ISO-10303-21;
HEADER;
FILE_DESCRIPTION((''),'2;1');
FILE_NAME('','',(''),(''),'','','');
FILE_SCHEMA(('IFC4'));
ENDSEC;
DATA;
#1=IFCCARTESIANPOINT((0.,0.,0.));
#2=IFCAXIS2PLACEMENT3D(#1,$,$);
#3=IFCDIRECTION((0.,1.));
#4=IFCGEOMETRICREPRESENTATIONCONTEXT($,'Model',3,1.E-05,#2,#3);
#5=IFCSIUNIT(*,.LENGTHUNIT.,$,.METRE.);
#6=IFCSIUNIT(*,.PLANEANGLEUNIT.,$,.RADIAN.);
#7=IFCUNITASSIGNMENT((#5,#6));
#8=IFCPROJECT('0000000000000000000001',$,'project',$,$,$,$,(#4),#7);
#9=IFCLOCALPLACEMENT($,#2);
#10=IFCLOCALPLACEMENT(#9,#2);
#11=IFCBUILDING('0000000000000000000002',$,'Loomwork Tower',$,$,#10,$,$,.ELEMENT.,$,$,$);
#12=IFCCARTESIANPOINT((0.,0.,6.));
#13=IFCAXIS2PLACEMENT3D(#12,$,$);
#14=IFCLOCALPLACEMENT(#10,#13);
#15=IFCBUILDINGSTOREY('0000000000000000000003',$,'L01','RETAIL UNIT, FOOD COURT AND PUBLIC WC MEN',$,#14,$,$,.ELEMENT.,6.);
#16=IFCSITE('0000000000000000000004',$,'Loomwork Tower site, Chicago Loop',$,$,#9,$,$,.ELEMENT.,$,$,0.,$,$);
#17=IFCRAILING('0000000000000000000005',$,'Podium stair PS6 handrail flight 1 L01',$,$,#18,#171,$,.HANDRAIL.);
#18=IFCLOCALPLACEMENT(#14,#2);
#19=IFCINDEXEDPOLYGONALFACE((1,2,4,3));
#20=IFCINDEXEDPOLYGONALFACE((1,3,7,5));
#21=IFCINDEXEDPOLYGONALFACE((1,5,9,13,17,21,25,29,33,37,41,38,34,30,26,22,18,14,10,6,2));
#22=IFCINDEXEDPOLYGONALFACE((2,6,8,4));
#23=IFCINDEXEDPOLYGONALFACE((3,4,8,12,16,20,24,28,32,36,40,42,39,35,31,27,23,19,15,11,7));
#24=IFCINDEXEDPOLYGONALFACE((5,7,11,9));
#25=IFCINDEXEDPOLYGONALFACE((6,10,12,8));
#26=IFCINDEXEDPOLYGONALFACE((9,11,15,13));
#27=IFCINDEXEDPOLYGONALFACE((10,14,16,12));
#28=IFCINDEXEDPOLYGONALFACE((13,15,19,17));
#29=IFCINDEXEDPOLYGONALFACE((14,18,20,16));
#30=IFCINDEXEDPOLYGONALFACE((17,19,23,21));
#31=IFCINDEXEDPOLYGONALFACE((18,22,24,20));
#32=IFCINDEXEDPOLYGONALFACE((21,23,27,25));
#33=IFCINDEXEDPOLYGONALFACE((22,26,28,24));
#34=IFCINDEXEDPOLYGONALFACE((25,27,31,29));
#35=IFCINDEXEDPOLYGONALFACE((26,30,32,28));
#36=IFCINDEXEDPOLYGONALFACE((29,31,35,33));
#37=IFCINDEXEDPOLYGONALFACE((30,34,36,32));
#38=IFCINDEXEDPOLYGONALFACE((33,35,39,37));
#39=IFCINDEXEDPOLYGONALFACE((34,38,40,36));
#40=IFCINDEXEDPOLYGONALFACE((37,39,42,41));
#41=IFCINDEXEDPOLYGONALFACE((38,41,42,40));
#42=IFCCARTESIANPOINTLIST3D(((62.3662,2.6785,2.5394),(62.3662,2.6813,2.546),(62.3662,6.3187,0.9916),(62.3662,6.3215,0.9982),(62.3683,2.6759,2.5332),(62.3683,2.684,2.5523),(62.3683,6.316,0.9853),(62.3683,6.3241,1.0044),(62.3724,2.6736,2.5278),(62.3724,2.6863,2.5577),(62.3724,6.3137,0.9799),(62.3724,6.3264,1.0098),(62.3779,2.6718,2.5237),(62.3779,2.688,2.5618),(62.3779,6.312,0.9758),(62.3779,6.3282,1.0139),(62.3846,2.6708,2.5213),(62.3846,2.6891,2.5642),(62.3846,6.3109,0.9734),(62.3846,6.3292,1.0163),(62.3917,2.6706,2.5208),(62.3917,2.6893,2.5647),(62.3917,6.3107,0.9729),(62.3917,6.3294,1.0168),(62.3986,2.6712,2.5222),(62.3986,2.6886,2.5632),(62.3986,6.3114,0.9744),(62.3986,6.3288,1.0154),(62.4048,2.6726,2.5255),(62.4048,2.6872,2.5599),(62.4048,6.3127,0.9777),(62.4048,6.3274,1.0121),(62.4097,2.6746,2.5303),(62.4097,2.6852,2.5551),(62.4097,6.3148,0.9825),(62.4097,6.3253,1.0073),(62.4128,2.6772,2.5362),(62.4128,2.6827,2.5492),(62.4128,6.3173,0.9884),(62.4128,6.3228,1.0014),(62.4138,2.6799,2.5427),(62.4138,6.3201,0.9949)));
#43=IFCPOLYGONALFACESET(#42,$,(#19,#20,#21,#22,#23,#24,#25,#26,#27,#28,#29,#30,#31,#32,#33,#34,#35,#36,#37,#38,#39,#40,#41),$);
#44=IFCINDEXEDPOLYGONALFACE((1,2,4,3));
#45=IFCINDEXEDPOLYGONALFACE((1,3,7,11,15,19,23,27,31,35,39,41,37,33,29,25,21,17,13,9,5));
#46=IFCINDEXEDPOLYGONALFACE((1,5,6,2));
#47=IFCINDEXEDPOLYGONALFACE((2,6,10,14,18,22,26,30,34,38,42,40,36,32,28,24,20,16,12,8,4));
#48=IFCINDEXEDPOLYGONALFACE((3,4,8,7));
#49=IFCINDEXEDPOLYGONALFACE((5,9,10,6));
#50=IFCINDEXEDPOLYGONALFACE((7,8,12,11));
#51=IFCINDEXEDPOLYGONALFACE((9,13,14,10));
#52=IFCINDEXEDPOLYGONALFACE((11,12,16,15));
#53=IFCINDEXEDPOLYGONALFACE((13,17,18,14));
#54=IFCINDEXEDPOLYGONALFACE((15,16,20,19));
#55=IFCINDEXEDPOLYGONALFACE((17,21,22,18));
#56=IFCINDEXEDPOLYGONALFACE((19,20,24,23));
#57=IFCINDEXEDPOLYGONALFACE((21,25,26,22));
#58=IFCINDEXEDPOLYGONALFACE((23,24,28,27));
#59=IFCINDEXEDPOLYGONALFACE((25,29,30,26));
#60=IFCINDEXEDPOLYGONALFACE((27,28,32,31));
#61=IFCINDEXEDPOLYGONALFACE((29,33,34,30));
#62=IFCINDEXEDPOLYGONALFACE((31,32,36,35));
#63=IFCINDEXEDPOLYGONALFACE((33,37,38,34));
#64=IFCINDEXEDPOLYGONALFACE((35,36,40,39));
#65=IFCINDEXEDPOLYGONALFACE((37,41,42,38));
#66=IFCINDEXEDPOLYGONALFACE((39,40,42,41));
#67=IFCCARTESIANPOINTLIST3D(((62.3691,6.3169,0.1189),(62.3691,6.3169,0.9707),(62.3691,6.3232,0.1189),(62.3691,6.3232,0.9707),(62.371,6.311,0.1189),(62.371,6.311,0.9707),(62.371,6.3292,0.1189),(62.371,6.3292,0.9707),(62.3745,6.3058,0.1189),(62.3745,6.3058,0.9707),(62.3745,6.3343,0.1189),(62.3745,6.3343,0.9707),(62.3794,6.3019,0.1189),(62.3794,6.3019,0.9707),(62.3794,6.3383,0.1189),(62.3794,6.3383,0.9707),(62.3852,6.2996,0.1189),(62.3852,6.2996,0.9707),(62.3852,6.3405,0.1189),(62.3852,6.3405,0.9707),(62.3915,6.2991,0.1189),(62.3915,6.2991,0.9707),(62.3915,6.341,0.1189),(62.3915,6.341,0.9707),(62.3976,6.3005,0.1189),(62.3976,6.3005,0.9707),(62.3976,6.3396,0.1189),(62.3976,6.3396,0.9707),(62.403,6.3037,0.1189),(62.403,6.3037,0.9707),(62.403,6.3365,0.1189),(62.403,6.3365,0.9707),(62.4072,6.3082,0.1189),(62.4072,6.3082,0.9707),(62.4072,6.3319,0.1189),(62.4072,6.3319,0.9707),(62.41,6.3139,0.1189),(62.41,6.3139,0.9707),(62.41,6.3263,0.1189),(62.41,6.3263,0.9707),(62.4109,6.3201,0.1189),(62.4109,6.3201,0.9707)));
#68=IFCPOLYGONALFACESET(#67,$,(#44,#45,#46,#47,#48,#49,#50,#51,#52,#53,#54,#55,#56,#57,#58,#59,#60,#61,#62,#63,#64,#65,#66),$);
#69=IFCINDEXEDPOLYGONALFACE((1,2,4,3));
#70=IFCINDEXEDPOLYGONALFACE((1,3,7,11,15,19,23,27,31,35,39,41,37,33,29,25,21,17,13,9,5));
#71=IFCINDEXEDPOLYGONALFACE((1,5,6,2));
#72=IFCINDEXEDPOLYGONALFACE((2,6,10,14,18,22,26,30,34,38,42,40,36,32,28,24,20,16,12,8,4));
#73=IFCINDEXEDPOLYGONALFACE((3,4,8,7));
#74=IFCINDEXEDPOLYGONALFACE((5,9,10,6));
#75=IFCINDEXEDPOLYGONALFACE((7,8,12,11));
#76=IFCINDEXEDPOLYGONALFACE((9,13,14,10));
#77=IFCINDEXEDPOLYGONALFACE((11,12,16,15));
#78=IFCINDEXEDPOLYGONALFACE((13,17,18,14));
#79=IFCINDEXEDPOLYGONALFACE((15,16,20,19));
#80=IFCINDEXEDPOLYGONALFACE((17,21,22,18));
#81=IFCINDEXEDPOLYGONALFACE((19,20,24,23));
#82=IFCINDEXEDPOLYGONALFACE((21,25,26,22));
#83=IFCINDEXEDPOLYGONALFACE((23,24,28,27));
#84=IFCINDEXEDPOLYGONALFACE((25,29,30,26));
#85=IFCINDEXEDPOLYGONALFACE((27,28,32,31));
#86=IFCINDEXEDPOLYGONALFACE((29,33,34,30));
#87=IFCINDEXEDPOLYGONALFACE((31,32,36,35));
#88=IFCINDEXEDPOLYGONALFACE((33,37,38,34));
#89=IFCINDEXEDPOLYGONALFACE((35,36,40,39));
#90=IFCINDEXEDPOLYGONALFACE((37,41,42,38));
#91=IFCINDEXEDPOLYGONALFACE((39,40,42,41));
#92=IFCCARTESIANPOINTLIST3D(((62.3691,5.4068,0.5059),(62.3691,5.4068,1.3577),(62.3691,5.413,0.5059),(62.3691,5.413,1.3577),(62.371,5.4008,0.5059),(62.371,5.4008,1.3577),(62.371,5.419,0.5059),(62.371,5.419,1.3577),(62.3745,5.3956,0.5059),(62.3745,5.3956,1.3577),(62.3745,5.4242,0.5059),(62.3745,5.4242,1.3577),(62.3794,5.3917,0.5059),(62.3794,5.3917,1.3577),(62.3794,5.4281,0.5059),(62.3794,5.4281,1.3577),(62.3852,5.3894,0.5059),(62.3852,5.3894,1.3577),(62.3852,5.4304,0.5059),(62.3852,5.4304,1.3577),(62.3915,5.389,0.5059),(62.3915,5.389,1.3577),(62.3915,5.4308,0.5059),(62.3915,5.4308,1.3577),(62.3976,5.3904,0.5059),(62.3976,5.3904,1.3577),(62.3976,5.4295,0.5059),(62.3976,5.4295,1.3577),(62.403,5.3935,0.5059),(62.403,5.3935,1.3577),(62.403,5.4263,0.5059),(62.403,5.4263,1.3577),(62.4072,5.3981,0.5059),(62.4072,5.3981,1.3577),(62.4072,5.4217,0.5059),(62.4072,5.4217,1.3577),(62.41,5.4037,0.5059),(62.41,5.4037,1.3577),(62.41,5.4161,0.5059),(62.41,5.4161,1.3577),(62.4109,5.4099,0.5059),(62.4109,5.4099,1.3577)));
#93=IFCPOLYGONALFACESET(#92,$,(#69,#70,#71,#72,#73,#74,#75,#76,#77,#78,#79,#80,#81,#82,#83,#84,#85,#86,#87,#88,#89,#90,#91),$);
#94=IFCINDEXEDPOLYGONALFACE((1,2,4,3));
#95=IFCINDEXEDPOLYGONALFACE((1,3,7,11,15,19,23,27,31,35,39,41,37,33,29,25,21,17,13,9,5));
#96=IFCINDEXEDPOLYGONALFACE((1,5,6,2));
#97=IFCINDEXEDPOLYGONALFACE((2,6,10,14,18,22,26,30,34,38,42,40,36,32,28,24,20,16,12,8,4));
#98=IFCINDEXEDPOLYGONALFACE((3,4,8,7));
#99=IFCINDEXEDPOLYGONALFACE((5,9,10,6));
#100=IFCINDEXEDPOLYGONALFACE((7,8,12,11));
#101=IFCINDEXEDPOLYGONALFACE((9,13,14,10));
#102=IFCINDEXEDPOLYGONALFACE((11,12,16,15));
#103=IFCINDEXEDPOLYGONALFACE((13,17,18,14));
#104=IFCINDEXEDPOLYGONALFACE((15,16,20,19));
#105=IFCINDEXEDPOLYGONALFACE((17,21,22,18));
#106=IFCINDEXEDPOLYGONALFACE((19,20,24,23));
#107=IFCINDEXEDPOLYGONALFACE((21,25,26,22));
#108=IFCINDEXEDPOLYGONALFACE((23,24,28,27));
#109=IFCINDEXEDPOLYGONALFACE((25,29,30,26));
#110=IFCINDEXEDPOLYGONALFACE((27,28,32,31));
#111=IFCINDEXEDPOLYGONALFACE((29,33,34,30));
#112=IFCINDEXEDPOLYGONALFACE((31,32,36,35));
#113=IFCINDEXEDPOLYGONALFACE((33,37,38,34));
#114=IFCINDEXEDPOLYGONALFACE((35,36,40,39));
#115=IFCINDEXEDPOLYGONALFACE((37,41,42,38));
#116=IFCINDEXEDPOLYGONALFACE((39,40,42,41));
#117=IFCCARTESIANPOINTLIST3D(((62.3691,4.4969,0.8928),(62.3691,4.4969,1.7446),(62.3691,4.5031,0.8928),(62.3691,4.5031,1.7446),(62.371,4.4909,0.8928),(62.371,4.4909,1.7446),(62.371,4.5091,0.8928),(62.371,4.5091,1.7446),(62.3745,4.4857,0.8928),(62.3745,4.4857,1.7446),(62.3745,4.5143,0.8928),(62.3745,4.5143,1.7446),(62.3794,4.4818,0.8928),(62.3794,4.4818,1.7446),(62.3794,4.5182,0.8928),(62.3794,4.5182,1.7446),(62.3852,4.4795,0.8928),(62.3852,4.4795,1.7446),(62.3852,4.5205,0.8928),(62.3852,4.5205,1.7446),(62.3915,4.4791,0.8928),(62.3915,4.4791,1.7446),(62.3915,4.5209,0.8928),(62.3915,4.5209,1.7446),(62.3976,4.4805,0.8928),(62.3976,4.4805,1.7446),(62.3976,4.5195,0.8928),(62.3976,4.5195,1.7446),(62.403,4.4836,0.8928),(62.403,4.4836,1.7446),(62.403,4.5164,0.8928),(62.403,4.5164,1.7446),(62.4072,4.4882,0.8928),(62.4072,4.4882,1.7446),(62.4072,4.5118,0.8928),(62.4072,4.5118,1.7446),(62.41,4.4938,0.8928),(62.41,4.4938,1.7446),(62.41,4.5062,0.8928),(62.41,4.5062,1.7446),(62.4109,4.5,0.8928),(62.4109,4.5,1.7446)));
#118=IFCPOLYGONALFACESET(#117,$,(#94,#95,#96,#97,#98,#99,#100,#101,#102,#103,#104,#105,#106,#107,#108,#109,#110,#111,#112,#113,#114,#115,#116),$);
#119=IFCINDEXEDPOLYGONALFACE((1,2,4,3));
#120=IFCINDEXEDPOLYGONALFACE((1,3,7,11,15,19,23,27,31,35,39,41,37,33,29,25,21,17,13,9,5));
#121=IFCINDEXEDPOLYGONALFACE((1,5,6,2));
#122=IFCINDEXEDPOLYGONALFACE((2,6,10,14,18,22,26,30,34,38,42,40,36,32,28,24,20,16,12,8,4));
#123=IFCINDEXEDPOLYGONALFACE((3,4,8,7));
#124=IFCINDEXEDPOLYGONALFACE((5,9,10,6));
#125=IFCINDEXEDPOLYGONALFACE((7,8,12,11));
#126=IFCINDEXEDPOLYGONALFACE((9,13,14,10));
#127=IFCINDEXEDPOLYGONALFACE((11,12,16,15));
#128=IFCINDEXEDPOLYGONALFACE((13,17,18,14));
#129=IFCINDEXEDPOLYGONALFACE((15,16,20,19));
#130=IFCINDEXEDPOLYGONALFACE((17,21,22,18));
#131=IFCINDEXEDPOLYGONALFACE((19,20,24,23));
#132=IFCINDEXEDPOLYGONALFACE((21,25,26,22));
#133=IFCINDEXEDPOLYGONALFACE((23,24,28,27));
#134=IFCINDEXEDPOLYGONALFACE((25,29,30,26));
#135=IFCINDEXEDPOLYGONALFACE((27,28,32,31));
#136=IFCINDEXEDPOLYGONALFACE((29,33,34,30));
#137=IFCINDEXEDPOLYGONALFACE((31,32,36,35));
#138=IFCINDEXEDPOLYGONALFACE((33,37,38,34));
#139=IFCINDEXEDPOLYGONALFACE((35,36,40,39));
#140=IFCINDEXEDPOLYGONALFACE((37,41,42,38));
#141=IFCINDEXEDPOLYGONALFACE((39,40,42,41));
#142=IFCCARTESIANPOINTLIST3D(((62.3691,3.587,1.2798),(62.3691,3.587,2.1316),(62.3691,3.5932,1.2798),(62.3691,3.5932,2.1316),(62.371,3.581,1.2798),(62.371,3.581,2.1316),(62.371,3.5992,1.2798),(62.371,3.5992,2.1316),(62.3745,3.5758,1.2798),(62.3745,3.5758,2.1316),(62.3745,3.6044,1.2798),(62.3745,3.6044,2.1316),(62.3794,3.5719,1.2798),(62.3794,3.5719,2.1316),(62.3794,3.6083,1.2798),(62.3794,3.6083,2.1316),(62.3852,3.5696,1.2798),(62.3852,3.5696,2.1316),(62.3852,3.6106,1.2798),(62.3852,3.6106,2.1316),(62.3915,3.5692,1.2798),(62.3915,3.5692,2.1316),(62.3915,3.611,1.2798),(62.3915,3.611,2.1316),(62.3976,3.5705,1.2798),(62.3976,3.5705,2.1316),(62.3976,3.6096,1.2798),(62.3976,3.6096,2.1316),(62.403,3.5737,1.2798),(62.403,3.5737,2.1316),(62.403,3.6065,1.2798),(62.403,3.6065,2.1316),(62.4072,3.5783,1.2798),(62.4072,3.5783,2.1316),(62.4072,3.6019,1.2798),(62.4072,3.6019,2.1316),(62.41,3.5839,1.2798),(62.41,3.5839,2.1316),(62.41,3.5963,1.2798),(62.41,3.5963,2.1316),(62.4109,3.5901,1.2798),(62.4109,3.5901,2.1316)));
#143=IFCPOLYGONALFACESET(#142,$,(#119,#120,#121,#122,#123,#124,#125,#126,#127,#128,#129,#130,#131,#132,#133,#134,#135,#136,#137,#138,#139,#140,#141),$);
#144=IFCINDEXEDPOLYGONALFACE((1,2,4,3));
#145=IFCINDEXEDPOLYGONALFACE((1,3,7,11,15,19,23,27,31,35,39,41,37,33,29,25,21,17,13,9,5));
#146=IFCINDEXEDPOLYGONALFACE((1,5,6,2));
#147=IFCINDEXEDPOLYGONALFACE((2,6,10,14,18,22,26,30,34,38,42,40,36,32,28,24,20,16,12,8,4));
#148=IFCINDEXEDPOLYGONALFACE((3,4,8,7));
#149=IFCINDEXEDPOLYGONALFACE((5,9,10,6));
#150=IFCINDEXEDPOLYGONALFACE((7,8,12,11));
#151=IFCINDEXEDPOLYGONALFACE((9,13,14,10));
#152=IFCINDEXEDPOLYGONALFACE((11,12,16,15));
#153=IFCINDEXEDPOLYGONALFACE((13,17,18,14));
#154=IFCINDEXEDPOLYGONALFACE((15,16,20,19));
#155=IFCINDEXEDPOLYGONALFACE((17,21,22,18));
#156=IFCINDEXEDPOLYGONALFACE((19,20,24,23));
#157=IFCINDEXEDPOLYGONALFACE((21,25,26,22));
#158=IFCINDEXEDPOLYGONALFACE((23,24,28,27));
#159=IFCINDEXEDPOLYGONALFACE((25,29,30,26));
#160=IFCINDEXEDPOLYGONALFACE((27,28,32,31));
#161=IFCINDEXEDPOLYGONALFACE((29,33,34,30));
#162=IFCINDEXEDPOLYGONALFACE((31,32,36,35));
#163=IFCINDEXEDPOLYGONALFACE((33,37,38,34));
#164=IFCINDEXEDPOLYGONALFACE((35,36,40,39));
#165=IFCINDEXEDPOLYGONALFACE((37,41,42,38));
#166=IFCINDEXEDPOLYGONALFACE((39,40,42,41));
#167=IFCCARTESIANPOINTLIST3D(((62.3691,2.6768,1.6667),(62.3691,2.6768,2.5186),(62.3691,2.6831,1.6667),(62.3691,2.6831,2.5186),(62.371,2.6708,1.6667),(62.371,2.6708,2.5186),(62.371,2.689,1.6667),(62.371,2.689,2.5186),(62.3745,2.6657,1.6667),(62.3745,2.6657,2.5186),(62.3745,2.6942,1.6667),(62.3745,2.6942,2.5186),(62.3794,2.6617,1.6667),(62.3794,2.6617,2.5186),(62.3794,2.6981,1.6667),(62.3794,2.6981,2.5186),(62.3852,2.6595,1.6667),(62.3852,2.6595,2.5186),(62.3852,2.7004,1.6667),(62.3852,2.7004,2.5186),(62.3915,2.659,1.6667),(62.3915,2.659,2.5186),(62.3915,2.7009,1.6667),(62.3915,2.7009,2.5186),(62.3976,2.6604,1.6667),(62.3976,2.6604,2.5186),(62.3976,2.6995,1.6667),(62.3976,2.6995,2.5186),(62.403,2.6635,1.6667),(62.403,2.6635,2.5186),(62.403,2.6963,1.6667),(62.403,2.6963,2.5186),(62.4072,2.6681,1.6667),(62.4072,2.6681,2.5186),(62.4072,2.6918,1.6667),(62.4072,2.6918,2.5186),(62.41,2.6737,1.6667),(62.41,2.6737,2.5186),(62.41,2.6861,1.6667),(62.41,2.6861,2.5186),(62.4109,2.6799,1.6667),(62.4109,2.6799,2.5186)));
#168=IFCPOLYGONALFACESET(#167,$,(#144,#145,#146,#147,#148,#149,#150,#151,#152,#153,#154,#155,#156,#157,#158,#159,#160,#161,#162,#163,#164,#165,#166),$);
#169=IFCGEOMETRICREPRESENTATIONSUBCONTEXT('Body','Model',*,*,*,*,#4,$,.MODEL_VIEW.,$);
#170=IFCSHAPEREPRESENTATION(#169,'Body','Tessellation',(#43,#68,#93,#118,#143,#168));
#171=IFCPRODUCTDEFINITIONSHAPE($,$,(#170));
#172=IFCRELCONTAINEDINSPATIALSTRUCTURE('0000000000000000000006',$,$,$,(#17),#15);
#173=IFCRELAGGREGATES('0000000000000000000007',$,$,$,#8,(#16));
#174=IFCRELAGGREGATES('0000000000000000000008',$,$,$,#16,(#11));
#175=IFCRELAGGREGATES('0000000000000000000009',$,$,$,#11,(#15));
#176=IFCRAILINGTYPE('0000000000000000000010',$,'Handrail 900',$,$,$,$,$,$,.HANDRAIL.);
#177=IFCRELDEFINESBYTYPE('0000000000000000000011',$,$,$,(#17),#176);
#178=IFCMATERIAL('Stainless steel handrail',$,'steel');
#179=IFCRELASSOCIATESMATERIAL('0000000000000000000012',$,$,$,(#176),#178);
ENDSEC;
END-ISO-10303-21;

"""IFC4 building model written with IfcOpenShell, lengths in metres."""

from ifc_helpers import new_model, si_unit, direction, frame, origin, origin_2d, place, context, subcontext, project, spatial, circle, extrude, material, type_object, element, save


model = new_model("IFC4")

# Units and contexts
model_context = context("Model", 3, precision=1e-05, world=origin(), true_north=direction((0.0, 1.0)))
body_context = subcontext(model_context, "Body", "Model", "MODEL_VIEW")
ifc_project = project(units=[si_unit("LENGTHUNIT", "METRE"), si_unit("PLANEANGLEUNIT", "RADIAN")], contexts=[model_context])

# Site, building, storey
site_placement = place(None, origin())
site = spatial("IfcSite", under=ifc_project, at=site_placement, Name="Loomwork Tower site, Chicago Loop", CompositionType="ELEMENT", RefElevation=0.0)
building_placement = place(site_placement, origin())
building = spatial("IfcBuilding", under=site, at=building_placement, Name="Loomwork Tower", CompositionType="ELEMENT")
storey_placement = place(building_placement, frame((0.0, 0.0, 6.0)))
storey = spatial("IfcBuildingStorey", under=building, at=storey_placement, Name="L01", Description="RETAIL UNIT, FOOD COURT AND PUBLIC WC MEN", CompositionType="ELEMENT", Elevation=6.0)

# Railing
ifc_material_1 = material(Name="Stainless steel handrail", Category="steel")
railing_type = type_object("IfcRailingType", Name="Handrail 900", PredefinedType="HANDRAIL", material=ifc_material_1)
railing_1_placement = place(storey_placement, frame((62.3899, 6.3201, 0.1189)))
element("IfcRailing", 1, at=railing_1_placement, inside=storey, type_object=railing_type, Name="Podium stair PS6 handrail flight 1 L01", PredefinedType="HANDRAIL", context=body_context, shape_type="SweptSolid", body=[
    extrude(circle(Radius=0.0239, at=origin_2d()), frame((0.0, 0.0, 0.876), z_axis=(0.0, -0.920259, 0.391311), x_axis=(1.0, 0.0, 0.0)), (0.0, 0.0, 1.0), 3.9556),
    extrude(circle(Radius=0.021, at=origin_2d()), origin(), (0.0, 0.0, 1.0), 0.8518),
    extrude(circle(Radius=0.021, at=origin_2d()), frame((0.0, -0.9102, 0.387)), (0.0, 0.0, 1.0), 0.8518),
    extrude(circle(Radius=0.021, at=origin_2d()), frame((0.0, -1.8201, 0.7739)), (0.0, 0.0, 1.0), 0.8518),
    extrude(circle(Radius=0.021, at=origin_2d()), frame((0.0, -2.73, 1.1609)), (0.0, 0.0, 1.0), 0.8518),
    extrude(circle(Radius=0.021, at=origin_2d()), frame((0.0, -3.6401, 1.5479)), (0.0, 0.0, 1.0), 0.8518),
])

save(model, "model.ifc")
